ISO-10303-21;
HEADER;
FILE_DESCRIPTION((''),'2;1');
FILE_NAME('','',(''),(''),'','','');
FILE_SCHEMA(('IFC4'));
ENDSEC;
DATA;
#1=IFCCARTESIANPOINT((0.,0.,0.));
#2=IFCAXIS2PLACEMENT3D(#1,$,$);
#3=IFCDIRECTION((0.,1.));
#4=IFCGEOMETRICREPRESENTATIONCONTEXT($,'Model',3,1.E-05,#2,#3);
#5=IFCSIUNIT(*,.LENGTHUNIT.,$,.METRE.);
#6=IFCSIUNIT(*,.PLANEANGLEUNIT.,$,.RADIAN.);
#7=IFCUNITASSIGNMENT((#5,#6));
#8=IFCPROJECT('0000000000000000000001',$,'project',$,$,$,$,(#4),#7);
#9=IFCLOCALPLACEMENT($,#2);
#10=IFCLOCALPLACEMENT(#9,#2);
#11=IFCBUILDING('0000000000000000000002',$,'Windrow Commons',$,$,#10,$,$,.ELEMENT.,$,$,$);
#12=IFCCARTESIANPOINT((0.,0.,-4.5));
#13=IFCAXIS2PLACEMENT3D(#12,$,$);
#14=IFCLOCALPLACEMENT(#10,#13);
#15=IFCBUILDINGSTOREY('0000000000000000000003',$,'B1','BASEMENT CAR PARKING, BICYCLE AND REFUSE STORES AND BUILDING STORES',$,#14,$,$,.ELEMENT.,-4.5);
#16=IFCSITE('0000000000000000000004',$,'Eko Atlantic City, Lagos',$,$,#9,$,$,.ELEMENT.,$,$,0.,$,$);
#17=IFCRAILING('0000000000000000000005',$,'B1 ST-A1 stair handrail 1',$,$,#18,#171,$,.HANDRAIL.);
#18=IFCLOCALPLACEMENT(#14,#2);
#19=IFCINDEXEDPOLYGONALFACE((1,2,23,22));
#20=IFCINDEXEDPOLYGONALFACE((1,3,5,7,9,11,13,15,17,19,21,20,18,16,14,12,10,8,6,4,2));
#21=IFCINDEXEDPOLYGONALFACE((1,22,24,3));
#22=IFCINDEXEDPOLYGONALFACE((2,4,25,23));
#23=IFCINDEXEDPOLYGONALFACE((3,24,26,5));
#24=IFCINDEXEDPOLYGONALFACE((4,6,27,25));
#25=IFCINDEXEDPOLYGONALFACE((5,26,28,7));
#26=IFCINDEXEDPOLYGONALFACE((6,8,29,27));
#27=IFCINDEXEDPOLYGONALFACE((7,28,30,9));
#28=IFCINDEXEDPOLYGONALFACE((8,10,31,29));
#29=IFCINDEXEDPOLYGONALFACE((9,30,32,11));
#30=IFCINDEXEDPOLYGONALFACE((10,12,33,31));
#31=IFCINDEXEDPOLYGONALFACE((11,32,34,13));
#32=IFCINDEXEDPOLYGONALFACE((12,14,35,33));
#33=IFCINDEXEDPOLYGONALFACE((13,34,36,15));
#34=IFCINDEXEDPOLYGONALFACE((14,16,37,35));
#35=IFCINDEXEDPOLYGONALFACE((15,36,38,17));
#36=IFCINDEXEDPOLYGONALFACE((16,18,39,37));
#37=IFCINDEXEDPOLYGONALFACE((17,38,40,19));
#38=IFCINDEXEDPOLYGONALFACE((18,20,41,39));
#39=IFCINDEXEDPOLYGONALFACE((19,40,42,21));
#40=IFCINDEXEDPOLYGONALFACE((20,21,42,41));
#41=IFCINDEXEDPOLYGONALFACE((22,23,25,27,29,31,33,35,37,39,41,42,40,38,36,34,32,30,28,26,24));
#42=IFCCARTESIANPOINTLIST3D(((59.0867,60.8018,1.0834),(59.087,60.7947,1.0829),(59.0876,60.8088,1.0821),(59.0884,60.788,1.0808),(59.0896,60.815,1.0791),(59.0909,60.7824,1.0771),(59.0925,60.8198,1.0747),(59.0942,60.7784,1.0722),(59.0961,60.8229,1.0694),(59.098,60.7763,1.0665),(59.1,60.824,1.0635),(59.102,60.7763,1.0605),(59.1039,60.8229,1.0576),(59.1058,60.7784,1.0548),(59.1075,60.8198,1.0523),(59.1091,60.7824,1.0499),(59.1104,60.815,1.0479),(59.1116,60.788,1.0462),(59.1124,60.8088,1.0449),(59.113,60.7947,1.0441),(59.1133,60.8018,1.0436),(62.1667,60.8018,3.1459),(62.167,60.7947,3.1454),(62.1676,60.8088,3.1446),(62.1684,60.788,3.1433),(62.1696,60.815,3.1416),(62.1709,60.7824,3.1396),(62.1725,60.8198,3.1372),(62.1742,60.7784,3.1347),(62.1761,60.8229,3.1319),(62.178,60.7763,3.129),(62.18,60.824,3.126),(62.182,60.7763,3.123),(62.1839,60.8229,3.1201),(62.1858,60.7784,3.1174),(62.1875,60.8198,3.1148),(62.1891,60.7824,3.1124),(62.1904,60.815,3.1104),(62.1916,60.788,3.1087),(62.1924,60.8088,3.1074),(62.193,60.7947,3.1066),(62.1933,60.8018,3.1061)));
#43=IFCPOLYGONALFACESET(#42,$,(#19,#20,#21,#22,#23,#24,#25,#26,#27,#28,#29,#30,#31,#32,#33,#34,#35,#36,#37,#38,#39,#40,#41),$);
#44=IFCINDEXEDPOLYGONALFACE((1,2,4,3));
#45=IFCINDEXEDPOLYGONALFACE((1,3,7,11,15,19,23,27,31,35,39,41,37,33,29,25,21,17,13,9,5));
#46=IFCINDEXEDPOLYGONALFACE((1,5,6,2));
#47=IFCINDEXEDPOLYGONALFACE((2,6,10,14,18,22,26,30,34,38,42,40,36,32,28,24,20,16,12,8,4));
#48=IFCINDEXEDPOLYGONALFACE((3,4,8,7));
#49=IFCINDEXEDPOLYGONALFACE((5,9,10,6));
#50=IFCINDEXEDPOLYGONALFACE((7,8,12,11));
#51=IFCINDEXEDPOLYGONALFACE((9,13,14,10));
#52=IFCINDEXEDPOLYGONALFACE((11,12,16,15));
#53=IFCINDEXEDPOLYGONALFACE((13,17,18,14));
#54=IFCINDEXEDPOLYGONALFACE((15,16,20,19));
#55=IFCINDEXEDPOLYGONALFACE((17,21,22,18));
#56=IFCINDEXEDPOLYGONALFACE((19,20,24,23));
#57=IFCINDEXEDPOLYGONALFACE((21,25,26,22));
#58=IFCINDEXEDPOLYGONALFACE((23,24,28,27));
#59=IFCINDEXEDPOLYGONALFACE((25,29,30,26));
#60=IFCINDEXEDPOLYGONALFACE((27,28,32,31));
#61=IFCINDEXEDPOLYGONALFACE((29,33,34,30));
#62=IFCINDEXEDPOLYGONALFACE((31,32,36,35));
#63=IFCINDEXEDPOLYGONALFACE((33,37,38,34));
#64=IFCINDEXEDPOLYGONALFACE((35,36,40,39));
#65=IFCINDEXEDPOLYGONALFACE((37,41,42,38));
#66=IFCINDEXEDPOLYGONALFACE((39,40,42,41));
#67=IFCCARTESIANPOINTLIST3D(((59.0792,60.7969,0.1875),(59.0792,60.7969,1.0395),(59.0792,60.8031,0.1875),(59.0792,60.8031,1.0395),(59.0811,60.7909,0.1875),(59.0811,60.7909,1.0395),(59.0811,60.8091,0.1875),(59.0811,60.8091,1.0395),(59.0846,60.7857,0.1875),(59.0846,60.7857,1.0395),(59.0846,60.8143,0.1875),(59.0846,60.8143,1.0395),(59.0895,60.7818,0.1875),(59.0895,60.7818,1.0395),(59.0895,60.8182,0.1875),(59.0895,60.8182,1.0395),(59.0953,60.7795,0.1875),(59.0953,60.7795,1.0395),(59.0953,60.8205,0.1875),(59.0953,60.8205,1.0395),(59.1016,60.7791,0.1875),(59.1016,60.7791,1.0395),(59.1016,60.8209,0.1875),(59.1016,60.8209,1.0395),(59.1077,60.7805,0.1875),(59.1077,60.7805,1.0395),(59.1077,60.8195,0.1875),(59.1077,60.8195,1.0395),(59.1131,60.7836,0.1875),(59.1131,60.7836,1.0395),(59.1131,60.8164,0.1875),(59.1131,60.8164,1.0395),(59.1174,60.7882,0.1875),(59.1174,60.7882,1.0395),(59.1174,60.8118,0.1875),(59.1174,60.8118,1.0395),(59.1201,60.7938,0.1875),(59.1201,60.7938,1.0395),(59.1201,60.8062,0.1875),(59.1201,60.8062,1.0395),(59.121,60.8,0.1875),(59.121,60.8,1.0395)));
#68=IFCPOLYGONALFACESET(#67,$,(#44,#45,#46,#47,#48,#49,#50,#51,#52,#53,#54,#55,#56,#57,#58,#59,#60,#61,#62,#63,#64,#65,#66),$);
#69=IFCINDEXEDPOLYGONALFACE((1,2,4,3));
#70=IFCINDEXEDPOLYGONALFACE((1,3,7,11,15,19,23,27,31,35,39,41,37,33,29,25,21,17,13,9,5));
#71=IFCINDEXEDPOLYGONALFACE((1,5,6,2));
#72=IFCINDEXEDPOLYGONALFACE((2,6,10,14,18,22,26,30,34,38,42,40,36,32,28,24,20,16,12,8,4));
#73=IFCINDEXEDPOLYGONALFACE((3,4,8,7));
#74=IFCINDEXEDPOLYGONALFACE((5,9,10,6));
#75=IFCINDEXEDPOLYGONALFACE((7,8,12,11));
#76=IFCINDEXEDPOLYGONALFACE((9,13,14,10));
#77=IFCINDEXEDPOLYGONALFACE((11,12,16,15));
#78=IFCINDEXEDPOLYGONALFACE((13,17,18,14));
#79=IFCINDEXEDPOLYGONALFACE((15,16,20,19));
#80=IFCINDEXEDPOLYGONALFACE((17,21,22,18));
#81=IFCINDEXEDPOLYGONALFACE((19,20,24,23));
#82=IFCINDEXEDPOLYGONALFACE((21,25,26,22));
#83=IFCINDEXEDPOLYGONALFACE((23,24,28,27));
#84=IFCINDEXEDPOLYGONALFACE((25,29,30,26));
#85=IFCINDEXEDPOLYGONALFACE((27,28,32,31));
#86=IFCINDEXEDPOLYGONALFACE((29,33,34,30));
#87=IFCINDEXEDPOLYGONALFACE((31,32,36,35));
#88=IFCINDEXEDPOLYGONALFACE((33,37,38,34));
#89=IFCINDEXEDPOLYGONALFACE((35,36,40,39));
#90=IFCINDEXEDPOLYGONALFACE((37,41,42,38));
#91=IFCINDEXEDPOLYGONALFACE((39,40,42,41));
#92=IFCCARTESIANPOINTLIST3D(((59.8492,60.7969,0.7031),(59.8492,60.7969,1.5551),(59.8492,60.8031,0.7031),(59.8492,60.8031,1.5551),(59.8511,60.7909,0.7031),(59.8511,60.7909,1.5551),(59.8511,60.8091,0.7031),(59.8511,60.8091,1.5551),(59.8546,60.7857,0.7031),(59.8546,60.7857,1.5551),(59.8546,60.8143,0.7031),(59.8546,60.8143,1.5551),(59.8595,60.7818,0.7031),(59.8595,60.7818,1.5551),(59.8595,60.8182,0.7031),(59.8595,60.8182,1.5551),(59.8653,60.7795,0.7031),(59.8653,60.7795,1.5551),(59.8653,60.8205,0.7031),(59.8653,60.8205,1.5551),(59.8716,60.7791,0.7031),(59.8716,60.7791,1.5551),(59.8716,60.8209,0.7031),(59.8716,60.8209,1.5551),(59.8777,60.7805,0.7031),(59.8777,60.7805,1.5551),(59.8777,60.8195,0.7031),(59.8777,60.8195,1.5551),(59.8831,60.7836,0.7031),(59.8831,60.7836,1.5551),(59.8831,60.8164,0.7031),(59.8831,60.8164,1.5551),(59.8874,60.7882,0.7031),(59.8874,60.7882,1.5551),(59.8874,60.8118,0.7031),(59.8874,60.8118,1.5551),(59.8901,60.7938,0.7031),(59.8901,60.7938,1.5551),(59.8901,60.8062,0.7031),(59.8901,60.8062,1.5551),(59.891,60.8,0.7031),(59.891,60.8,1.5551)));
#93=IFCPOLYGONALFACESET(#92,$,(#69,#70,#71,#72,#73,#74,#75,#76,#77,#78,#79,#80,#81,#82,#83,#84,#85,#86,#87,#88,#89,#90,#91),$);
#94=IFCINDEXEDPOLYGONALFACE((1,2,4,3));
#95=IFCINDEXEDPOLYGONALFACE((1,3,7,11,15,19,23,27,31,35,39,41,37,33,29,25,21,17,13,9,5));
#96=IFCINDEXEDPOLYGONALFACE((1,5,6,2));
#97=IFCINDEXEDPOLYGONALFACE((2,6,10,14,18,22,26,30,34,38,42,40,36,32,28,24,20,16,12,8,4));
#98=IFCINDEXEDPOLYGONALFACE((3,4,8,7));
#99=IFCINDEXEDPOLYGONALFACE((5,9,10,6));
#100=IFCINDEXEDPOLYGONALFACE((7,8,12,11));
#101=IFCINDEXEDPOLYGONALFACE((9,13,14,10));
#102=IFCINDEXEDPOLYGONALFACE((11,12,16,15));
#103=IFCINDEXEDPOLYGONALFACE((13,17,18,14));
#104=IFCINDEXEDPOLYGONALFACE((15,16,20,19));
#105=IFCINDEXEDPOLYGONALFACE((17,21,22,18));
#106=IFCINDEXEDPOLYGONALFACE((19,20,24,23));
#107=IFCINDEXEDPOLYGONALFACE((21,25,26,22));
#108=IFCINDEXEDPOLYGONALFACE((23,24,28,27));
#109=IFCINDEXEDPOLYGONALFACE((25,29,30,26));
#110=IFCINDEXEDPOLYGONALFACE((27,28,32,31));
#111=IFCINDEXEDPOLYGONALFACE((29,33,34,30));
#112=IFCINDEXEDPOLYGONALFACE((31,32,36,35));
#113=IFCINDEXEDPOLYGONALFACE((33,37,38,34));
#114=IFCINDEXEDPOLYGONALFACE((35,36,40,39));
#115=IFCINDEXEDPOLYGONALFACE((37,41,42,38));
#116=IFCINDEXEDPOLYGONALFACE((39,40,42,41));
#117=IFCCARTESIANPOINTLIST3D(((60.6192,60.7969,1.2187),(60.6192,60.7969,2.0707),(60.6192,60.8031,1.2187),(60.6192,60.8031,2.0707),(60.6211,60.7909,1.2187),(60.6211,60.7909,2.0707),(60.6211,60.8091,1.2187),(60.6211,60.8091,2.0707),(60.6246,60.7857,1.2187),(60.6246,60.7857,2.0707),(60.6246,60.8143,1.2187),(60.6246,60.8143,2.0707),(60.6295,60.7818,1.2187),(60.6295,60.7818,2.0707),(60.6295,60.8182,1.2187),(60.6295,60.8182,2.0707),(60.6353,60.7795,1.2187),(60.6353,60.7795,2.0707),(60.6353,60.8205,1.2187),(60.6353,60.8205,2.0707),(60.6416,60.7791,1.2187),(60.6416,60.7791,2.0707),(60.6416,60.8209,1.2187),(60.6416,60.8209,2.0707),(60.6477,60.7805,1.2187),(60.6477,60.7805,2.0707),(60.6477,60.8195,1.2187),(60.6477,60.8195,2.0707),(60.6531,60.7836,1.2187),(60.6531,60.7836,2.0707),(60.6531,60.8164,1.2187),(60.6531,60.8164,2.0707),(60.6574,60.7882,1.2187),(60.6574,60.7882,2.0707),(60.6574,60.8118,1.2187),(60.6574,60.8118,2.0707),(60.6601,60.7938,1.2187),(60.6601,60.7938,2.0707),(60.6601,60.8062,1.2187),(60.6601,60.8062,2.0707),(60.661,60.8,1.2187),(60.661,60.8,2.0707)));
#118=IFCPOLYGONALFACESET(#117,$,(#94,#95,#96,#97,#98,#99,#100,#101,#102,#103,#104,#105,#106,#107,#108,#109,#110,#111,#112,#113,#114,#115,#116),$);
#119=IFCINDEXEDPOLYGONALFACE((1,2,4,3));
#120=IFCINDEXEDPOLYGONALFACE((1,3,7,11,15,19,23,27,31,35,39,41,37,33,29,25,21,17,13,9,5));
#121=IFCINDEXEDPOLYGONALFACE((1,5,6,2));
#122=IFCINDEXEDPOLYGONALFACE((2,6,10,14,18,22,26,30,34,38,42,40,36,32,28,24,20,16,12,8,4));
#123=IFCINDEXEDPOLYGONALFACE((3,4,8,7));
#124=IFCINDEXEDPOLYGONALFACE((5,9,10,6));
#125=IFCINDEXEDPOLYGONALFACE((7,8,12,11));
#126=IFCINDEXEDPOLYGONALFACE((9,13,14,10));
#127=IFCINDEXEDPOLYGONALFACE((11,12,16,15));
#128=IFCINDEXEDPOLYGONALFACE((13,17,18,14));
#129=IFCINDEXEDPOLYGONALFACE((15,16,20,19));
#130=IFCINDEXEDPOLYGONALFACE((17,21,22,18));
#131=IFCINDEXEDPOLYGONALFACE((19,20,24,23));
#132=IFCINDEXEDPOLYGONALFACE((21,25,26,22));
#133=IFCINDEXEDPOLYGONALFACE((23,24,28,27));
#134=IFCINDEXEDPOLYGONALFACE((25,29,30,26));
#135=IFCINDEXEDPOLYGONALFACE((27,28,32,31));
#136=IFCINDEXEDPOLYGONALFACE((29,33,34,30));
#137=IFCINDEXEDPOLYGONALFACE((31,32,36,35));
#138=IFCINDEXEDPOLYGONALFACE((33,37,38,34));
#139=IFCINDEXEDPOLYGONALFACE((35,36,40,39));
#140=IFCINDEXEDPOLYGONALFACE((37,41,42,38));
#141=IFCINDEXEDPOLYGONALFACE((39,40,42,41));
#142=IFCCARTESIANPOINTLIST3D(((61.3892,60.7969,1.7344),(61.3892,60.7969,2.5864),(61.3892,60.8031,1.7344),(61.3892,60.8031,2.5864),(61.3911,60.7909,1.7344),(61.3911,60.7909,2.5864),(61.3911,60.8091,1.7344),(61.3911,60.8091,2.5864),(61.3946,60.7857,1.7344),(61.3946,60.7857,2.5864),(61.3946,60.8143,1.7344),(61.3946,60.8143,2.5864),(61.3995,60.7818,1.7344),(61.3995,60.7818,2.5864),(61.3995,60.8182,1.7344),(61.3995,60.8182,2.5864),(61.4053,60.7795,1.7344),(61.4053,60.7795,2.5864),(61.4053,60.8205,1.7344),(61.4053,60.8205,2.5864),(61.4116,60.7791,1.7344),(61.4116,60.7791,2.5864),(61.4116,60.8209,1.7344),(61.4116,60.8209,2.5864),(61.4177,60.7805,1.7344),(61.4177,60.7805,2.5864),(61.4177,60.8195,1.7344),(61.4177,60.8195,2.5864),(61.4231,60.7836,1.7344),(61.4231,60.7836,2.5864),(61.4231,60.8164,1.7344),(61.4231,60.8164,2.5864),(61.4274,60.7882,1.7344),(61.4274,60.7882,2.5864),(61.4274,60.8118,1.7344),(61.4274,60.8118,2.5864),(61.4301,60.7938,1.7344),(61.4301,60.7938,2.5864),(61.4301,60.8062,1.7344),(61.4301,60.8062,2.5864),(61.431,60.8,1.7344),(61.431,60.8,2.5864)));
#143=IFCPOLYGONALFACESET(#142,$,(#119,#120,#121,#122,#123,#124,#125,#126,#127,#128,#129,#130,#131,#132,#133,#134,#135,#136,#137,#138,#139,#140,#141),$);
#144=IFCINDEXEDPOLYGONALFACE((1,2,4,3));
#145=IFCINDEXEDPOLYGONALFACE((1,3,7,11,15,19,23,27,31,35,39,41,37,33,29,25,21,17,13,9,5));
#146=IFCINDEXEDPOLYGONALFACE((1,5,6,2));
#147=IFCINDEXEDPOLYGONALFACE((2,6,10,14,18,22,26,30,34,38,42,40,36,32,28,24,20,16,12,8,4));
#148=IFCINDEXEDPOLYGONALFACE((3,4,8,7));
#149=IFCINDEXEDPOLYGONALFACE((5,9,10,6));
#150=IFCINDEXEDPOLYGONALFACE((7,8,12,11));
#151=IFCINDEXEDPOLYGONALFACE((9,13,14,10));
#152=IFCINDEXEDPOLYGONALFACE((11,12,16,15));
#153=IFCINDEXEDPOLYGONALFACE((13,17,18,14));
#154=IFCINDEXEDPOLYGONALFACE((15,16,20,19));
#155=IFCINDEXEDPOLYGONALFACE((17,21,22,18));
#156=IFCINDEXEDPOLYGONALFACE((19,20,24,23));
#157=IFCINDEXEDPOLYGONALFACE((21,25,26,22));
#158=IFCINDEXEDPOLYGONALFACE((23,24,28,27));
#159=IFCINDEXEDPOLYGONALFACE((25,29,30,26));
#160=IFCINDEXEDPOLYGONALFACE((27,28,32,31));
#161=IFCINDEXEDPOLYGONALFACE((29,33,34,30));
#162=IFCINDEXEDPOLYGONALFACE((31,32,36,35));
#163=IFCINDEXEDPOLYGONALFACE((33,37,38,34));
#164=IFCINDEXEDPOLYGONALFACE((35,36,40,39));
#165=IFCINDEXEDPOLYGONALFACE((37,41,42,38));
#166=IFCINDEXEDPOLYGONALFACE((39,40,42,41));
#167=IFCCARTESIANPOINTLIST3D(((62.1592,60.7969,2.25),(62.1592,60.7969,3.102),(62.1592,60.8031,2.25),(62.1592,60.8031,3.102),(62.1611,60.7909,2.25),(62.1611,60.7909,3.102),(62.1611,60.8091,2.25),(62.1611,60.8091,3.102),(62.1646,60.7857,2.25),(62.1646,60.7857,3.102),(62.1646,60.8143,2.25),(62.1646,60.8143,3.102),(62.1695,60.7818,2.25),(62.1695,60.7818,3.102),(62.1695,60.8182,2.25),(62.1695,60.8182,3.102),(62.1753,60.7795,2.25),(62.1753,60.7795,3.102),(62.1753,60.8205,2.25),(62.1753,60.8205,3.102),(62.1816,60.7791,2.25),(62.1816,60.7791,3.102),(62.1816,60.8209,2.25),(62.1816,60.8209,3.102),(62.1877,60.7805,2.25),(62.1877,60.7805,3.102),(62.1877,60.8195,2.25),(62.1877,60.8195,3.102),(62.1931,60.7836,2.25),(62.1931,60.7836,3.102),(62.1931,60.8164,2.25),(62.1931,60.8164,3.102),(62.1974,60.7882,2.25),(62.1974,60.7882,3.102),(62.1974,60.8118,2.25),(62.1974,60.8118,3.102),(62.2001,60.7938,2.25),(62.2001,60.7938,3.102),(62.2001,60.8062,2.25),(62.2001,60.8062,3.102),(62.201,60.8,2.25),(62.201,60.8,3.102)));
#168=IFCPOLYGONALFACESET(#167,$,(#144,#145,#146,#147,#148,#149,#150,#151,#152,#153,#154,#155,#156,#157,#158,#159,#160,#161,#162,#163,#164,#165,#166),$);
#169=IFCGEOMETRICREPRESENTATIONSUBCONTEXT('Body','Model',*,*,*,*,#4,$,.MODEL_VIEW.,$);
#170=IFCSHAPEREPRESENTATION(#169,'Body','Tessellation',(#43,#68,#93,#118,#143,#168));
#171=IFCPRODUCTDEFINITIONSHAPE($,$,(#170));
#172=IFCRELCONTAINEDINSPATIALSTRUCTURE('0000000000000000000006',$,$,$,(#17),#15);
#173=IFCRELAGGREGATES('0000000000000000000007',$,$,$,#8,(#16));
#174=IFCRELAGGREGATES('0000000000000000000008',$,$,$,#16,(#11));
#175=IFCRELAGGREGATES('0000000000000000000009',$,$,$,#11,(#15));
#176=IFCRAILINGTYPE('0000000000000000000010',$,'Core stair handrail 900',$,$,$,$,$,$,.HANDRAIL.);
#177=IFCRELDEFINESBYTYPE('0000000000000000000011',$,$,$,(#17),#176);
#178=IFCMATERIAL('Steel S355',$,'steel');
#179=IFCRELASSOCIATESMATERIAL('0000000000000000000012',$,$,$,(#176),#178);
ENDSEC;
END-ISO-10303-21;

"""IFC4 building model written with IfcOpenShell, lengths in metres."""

from ifc_helpers import new_model, si_unit, direction, frame, origin, origin_2d, place, context, subcontext, project, spatial, circle, extrude, material, type_object, element, save


model = new_model("IFC4")

# Units and contexts
model_context = context("Model", 3, precision=1e-05, world=origin(), true_north=direction((0.0, 1.0)))
body_context = subcontext(model_context, "Body", "Model", "MODEL_VIEW")
ifc_project = project(units=[si_unit("LENGTHUNIT", "METRE"), si_unit("PLANEANGLEUNIT", "RADIAN")], contexts=[model_context])

# Site, building, storey
site_placement = place(None, origin())
site = spatial("IfcSite", under=ifc_project, at=site_placement, Name="Eko Atlantic City, Lagos", CompositionType="ELEMENT", RefElevation=0.0)
building_placement = place(site_placement, origin())
building = spatial("IfcBuilding", under=site, at=building_placement, Name="Windrow Commons", CompositionType="ELEMENT")
storey_placement = place(building_placement, frame((0.0, 0.0, -4.5)))
storey = spatial("IfcBuildingStorey", under=building, at=storey_placement, Name="B1", Description="BASEMENT CAR PARKING, BICYCLE AND REFUSE STORES AND BUILDING STORES", CompositionType="ELEMENT", Elevation=-4.5)

# Railing
ifc_material_1 = material(Name="Steel S355", Category="steel")
railing_type_1 = type_object("IfcRailingType", Name="Core stair handrail 900", PredefinedType="HANDRAIL", material=ifc_material_1)
railing_1_placement = place(storey_placement, frame((59.1, 60.8, 0.1875)))
element("IfcRailing", 1, at=railing_1_placement, inside=storey, type_object=railing_type_1, Name="B1 ST-A1 stair handrail 1", PredefinedType="HANDRAIL", context=body_context, shape_type="SweptSolid", body=[
    extrude(circle(Radius=0.024, at=origin_2d()), frame((0.0, 0.0, 0.876), z_axis=(0.830907, 0.0, 0.556411), x_axis=(0.0, 1.0, 0.0)), (0.0, 0.0, 1.0), 3.7068),
    extrude(circle(Radius=0.021, at=origin_2d()), origin(), (0.0, 0.0, 1.0), 0.852),
    extrude(circle(Radius=0.021, at=origin_2d()), frame((0.77, 0.0, 0.5156)), (0.0, 0.0, 1.0), 0.852),
    extrude(circle(Radius=0.021, at=origin_2d()), frame((1.54, 0.0, 1.0312)), (0.0, 0.0, 1.0), 0.852),
    extrude(circle(Radius=0.021, at=origin_2d()), frame((2.31, 0.0, 1.5469)), (0.0, 0.0, 1.0), 0.852),
    extrude(circle(Radius=0.021, at=origin_2d()), frame((3.08, 0.0, 2.0625)), (0.0, 0.0, 1.0), 0.852),
])

save(model, "model.ifc")
